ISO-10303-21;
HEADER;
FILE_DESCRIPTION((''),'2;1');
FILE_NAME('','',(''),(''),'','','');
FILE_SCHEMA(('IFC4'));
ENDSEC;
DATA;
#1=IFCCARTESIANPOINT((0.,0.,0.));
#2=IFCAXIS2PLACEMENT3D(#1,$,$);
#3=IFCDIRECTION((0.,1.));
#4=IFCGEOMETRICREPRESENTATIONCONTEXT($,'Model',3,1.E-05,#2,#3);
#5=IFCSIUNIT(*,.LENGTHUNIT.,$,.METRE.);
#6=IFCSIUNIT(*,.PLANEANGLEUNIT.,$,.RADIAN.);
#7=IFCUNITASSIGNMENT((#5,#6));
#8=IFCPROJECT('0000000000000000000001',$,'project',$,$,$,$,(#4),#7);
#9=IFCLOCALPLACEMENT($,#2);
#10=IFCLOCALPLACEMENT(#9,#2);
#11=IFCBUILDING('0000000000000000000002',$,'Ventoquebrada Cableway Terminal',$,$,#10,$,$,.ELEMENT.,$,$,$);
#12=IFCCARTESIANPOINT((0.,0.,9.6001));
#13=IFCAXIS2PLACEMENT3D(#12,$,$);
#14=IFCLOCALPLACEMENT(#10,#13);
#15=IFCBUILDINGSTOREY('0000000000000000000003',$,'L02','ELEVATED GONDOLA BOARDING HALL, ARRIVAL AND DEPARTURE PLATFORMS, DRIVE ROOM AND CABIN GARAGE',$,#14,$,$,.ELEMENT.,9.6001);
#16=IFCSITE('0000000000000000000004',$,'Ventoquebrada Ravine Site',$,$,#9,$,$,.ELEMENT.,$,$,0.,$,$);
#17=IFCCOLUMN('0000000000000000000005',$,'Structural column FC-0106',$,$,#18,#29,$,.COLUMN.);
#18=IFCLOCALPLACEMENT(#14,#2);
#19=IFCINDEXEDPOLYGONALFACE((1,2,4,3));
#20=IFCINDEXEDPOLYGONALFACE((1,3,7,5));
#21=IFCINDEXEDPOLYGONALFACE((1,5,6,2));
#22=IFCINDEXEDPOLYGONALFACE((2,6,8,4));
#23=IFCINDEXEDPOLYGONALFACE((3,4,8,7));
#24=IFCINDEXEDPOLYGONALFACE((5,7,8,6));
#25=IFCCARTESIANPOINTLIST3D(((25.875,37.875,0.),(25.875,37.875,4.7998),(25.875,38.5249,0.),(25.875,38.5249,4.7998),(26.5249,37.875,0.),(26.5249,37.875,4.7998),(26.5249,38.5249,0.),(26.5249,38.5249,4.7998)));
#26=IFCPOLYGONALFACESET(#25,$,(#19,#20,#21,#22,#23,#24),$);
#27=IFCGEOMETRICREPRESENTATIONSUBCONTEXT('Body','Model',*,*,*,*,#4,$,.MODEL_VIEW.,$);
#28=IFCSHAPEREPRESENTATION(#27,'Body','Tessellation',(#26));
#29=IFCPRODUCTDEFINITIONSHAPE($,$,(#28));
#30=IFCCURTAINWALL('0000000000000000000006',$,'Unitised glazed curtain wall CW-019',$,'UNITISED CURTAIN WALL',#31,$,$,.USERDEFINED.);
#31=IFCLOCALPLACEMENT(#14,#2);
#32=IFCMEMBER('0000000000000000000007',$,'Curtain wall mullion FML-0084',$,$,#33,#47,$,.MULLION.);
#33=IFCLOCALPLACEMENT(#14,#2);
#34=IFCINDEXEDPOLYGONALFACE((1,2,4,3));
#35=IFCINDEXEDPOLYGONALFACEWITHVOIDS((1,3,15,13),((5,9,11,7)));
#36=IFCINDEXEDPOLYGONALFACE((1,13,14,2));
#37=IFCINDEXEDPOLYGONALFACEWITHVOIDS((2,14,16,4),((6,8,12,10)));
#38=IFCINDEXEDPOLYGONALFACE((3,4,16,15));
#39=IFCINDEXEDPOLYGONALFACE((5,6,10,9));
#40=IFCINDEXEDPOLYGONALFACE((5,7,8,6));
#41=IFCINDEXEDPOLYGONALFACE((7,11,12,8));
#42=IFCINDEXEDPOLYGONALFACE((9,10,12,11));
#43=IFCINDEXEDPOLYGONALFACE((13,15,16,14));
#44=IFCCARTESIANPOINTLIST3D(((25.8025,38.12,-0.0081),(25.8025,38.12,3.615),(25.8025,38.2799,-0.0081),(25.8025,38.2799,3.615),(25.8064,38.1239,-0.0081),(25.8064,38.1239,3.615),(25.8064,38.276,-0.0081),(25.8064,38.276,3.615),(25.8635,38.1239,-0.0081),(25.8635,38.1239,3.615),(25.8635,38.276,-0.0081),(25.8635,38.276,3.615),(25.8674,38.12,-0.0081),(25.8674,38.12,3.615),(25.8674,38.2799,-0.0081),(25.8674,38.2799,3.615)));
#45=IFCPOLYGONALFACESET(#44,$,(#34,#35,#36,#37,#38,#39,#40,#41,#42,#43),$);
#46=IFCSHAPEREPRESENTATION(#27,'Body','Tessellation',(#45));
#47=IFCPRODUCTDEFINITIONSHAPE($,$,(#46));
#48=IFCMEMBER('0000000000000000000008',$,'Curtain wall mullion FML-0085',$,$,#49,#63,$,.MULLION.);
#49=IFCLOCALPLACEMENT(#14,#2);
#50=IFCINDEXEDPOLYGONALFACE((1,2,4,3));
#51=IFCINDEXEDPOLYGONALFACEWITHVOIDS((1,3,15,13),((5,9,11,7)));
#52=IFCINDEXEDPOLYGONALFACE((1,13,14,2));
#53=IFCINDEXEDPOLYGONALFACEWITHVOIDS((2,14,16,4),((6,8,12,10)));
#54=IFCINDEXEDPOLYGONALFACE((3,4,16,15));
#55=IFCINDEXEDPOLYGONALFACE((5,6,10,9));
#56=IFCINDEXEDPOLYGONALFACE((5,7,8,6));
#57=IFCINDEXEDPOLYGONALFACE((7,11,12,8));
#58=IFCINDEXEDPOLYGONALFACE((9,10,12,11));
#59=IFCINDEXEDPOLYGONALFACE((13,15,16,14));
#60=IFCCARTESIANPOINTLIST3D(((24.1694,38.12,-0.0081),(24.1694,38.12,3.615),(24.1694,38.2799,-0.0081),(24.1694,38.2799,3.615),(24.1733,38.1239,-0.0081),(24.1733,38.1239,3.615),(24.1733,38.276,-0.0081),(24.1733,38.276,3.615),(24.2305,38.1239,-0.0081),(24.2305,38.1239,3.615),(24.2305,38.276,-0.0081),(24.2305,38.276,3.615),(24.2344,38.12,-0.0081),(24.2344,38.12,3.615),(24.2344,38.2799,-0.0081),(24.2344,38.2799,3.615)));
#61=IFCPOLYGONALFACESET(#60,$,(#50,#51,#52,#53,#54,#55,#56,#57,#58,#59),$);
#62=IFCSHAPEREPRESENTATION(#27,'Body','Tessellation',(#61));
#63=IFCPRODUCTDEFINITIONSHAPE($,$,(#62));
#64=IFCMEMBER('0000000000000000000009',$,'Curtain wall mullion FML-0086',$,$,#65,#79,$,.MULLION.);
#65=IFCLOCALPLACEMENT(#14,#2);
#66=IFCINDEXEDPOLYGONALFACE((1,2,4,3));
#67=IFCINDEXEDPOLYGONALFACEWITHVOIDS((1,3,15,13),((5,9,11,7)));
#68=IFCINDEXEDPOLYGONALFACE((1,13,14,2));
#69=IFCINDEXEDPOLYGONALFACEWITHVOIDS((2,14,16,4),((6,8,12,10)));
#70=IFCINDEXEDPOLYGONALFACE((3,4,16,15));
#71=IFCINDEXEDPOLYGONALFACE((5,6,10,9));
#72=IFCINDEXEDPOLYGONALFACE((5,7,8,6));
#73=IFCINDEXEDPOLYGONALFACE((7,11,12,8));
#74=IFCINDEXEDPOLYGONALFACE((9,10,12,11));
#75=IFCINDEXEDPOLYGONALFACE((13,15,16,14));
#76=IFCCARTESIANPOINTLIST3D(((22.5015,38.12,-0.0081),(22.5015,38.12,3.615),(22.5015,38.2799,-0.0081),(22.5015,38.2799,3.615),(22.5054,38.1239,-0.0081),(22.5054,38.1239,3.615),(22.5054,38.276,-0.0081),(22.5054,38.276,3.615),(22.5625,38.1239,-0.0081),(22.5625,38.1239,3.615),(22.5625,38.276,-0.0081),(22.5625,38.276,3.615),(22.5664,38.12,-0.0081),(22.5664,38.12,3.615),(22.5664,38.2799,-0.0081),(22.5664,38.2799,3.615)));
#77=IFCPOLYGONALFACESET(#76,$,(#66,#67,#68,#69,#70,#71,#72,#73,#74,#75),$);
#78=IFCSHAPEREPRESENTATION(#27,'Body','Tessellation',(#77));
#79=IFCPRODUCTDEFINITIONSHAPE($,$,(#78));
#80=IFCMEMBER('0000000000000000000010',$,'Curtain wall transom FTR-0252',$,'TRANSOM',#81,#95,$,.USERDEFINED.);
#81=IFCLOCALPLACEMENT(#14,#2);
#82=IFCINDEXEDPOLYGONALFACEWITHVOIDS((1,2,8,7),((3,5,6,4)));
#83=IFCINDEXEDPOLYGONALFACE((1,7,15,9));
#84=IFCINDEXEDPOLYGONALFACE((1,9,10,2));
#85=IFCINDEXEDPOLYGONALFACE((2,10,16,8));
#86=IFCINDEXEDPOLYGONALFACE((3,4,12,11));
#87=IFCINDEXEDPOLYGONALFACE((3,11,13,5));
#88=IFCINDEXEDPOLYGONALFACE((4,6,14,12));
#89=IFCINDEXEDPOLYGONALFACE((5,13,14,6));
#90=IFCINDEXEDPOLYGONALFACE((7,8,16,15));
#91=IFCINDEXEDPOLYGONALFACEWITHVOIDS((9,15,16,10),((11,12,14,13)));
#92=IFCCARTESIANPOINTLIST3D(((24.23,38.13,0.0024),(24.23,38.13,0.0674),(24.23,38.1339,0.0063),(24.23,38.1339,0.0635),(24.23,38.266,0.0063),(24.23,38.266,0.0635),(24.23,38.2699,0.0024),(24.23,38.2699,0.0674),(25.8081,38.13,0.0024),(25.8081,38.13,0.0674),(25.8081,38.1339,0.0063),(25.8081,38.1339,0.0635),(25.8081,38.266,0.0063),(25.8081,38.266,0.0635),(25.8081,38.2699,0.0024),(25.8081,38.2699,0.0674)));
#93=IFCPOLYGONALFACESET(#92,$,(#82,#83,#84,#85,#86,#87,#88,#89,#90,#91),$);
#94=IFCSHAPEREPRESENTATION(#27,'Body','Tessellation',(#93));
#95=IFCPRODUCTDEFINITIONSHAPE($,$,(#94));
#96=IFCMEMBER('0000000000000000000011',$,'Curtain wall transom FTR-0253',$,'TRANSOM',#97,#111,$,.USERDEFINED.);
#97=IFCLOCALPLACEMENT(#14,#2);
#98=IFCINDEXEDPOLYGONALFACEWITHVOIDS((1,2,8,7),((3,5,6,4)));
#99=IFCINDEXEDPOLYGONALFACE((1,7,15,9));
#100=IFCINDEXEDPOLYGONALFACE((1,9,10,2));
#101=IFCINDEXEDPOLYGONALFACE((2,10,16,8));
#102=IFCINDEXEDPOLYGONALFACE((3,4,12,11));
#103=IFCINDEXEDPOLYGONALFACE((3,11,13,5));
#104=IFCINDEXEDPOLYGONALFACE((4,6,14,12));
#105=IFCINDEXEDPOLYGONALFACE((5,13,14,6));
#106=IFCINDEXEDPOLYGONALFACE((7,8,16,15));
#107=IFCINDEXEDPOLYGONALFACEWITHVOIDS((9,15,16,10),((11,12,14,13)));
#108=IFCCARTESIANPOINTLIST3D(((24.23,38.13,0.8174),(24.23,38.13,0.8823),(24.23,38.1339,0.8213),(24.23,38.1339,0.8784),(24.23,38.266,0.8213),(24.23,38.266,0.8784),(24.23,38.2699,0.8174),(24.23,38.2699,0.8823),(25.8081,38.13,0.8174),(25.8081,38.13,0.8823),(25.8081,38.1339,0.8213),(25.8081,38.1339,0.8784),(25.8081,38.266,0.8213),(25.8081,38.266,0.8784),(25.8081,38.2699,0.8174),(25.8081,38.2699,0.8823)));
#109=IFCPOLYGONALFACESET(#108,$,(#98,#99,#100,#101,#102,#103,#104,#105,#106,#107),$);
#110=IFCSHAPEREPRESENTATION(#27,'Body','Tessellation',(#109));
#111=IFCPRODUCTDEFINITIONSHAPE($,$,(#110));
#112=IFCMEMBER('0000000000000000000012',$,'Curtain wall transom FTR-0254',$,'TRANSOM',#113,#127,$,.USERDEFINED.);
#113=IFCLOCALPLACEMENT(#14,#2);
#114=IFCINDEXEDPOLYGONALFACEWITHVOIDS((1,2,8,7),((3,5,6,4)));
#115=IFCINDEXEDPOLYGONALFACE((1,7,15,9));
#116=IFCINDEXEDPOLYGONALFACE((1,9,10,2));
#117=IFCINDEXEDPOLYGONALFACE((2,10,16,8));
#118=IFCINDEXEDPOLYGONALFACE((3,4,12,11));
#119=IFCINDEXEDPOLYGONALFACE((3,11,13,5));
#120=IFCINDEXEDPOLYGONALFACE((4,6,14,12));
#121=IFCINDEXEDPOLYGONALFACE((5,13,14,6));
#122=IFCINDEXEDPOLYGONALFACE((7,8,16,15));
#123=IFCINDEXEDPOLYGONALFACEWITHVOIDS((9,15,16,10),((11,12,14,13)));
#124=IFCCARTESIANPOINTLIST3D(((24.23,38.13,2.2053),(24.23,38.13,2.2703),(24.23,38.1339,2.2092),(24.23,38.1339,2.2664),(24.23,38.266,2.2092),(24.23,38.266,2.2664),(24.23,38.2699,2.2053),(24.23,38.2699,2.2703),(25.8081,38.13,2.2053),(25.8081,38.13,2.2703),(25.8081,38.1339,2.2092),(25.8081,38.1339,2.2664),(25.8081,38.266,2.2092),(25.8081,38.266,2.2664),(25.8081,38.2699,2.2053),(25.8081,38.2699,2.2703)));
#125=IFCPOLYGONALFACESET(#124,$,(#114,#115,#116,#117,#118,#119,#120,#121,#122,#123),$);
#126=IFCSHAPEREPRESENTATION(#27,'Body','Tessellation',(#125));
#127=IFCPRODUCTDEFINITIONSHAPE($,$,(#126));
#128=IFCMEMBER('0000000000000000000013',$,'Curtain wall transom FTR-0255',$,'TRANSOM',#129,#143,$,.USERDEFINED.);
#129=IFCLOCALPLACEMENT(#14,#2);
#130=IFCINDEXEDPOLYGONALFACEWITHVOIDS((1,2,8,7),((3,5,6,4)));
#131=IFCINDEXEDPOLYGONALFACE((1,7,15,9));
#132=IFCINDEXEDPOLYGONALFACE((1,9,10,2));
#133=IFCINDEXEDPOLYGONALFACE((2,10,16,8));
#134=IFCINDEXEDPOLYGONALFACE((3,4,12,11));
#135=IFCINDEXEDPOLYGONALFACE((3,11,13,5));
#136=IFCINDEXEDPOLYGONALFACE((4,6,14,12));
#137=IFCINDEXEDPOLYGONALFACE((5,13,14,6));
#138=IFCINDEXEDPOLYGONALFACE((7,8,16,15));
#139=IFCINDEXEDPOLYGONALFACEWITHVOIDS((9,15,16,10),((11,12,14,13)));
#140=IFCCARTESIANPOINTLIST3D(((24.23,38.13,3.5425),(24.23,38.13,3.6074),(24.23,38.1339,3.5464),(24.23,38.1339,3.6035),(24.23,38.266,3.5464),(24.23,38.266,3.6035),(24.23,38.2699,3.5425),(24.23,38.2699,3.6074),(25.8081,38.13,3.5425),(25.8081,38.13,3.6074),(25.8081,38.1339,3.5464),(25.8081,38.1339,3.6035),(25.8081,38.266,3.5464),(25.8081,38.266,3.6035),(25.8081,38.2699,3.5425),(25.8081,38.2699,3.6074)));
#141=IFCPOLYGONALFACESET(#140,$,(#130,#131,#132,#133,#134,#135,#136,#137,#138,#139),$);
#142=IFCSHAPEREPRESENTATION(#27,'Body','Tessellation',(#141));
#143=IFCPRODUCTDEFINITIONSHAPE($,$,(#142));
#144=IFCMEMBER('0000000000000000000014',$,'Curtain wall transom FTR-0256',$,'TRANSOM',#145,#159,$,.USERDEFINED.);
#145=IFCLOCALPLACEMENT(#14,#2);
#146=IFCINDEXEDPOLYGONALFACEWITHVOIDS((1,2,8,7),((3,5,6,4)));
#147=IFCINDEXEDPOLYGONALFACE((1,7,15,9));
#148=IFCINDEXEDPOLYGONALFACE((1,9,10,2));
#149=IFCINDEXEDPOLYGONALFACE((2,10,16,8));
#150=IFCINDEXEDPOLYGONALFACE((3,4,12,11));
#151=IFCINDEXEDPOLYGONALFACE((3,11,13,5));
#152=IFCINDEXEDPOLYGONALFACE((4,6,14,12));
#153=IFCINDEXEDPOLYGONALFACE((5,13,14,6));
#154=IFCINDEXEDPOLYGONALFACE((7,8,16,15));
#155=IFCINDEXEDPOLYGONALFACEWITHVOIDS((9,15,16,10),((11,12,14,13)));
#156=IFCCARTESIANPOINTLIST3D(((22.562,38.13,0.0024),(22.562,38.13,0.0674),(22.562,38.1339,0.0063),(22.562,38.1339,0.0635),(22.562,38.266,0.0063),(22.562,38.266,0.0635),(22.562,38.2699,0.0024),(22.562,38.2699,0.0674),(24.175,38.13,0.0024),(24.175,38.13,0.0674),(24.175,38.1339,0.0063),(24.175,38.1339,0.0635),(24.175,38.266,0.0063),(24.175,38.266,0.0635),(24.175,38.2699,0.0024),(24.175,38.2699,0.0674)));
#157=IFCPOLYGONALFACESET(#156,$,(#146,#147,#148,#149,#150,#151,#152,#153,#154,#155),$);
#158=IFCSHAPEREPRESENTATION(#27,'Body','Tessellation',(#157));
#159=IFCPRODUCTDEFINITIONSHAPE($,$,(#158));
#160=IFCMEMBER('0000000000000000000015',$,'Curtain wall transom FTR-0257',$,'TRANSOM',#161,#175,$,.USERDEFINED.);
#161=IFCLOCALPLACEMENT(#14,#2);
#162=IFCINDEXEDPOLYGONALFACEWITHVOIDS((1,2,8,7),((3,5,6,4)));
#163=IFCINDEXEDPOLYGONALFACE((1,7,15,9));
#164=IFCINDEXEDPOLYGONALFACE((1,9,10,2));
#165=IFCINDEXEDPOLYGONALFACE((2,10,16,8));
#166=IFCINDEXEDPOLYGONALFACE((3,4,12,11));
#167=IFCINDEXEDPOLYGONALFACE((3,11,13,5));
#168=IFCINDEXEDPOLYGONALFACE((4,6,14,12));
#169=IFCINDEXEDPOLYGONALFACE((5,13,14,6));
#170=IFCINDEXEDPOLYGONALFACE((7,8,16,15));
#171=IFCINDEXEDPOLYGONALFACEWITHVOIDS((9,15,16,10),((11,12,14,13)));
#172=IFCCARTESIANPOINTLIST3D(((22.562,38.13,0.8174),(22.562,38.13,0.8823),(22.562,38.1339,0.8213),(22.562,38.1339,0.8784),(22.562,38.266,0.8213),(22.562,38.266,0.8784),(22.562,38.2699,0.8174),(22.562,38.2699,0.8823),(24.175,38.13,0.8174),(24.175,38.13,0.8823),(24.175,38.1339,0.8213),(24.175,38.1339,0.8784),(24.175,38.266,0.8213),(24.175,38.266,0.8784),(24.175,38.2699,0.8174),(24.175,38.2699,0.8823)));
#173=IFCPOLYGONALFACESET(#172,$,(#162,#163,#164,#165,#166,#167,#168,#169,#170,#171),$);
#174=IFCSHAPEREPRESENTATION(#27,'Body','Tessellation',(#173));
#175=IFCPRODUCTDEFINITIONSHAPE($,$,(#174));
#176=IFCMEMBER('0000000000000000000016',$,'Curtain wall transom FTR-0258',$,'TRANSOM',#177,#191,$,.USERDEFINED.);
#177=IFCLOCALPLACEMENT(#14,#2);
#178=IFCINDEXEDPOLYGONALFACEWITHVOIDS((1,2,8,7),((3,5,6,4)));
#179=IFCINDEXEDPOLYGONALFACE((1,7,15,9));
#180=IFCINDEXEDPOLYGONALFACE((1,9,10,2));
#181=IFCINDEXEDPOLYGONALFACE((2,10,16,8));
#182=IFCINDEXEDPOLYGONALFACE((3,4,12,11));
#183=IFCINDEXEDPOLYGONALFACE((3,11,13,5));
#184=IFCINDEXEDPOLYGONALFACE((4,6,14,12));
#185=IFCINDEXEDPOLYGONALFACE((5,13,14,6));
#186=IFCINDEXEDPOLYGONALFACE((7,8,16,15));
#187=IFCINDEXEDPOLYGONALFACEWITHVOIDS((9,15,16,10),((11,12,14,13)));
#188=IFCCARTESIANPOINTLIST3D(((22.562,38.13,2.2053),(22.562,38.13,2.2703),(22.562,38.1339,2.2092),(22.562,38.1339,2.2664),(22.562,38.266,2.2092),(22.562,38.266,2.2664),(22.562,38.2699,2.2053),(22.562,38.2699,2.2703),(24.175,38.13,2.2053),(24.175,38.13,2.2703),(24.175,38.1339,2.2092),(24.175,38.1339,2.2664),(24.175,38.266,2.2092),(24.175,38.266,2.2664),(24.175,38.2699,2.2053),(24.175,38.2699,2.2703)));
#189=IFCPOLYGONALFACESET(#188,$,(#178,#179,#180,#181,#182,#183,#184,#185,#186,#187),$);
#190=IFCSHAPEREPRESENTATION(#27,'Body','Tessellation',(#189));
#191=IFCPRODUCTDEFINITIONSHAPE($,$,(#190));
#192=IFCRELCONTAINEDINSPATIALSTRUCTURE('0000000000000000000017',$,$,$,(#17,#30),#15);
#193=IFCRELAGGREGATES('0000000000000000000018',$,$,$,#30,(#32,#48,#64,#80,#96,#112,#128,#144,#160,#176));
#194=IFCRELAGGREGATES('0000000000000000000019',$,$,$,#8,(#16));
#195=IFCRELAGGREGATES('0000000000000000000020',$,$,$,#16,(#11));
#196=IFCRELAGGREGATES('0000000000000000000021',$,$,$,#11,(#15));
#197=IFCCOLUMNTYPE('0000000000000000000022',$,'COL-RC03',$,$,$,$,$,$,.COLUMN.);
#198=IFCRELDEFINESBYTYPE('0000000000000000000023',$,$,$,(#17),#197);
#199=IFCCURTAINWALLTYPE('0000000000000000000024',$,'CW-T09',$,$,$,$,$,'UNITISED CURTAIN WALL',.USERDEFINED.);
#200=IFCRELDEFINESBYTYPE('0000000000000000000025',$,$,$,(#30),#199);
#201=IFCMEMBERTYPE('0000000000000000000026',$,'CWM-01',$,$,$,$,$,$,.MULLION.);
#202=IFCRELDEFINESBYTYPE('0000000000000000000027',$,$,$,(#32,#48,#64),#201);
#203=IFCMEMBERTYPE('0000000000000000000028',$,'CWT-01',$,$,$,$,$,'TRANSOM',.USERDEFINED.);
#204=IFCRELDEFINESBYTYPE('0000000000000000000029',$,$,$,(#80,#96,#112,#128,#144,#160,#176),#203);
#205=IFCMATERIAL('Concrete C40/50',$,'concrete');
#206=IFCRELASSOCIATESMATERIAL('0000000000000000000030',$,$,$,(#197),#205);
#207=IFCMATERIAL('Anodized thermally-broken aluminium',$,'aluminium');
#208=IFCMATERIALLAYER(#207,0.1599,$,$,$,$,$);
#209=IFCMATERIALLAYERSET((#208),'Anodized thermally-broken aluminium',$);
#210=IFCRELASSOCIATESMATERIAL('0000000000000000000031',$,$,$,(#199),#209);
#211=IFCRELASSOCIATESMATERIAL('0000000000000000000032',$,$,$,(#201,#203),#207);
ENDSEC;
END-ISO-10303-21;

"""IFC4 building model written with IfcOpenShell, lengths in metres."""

from ifc_helpers import new_model, si_unit, direction, frame, origin, origin_2d, place, context, subcontext, project, spatial, rectangle, hollow_rectangle, extrude, material, layer, layer_set, material_profile, profile_set, type_object, element, aggregate, save


model = new_model("IFC4")

# Units and contexts
model_context = context("Model", 3, precision=1e-05, world=origin(), true_north=direction((0.0, 1.0)))
body_context = subcontext(model_context, "Body", "Model", "MODEL_VIEW")
ifc_project = project(units=[si_unit("LENGTHUNIT", "METRE"), si_unit("PLANEANGLEUNIT", "RADIAN")], contexts=[model_context])

# Site, building, storey
site_placement = place(None, origin())
site = spatial("IfcSite", under=ifc_project, at=site_placement, Name="Ventoquebrada Ravine Site", CompositionType="ELEMENT", RefElevation=0.0)
building_placement = place(site_placement, origin())
building = spatial("IfcBuilding", under=site, at=building_placement, Name="Ventoquebrada Cableway Terminal", CompositionType="ELEMENT")
storey_placement = place(building_placement, frame((0.0, 0.0, 9.6001)))
storey = spatial("IfcBuildingStorey", under=building, at=storey_placement, Name="L02", Description="ELEVATED GONDOLA BOARDING HALL, ARRIVAL AND DEPARTURE PLATFORMS, DRIVE ROOM AND CABIN GARAGE", CompositionType="ELEMENT", Elevation=9.6001)

# Column
ifc_material_1 = material(Name="Concrete C40/50", Category="concrete")
ifc_material_profile_1 = material_profile(ifc_material_1, rectangle(XDim=0.6499, YDim=0.6499, at=origin_2d()), Name="RC-COL-650X650")
ifc_profile_set_1 = profile_set([ifc_material_profile_1], Name="Concrete C40/50")
column_type = type_object("IfcColumnType", Name="COL-RC03", PredefinedType="COLUMN", material=ifc_profile_set_1)
column_placement = place(storey_placement, frame((26.2, 38.2, 0.0), z_axis=(0.0, 0.0, 1.0), x_axis=(1.0, 0.0, 0.0)))
element("IfcColumn", 1, at=column_placement, inside=storey, type_object=column_type, Name="Structural column FC-0106", PredefinedType="COLUMN", context=body_context, shape_type="SweptSolid", body=[
    extrude(rectangle(XDim=0.6499, YDim=0.6499, at=origin_2d()), origin(), (0.0, 0.0, 1.0), 4.7998),
])

# Curtain wall, members
ifc_material_2 = material(Name="Anodized thermally-broken aluminium", Category="aluminium")
ifc_layer_1 = layer(ifc_material_2, 0.1599)
ifc_layer_set_1 = layer_set([ifc_layer_1], Name="Anodized thermally-broken aluminium")
curtain_wall_type_1 = type_object("IfcCurtainWallType", Name="CW-T09", ElementType="UNITISED CURTAIN WALL", PredefinedType="USERDEFINED", material=ifc_layer_set_1)
curtain_wall_1_placement = place(storey_placement, origin())
curtain_wall_1 = element("IfcCurtainWall", 2, at=curtain_wall_1_placement, inside=storey, type_object=curtain_wall_type_1, Name="Unitised glazed curtain wall CW-019", ObjectType="UNITISED CURTAIN WALL", PredefinedType="USERDEFINED")
ifc_material_profile_2 = material_profile(ifc_material_2, hollow_rectangle(XDim=0.0649, YDim=0.1599, WallThickness=0.0039, at=origin_2d()), Name="CW-MUL-65X160")
ifc_profile_set_2 = profile_set([ifc_material_profile_2], Name="Anodized thermally-broken aluminium")
member_type_1 = type_object("IfcMemberType", Name="CWM-01", PredefinedType="MULLION", material=ifc_profile_set_2)
member_1_placement = place(storey_placement, frame((25.835, 38.2, -0.0081), z_axis=(0.0, 0.0, 1.0), x_axis=(-1.0, 0.0, 0.0)))
member_1 = element("IfcMember", 3, at=member_1_placement, type_object=member_type_1, Name="Curtain wall mullion FML-0084", PredefinedType="MULLION", context=body_context, shape_type="SweptSolid", body=[
    extrude(hollow_rectangle(XDim=0.0649, YDim=0.1599, WallThickness=0.0039, at=origin_2d()), origin(), (0.0, 0.0, 1.0), 3.623),
])
member_2_placement = place(storey_placement, frame((24.2019, 38.2, -0.0081), z_axis=(0.0, 0.0, 1.0), x_axis=(-1.0, 0.0, 0.0)))
member_2 = element("IfcMember", 4, at=member_2_placement, type_object=member_type_1, Name="Curtain wall mullion FML-0085", PredefinedType="MULLION", context=body_context, shape_type="SweptSolid", body=[
    extrude(hollow_rectangle(XDim=0.0649, YDim=0.1599, WallThickness=0.0039, at=origin_2d()), origin(), (0.0, 0.0, 1.0), 3.623),
])
member_3_placement = place(storey_placement, frame((22.5339, 38.2, -0.0081), z_axis=(0.0, 0.0, 1.0), x_axis=(-1.0, 0.0, 0.0)))
member_3 = element("IfcMember", 5, at=member_3_placement, type_object=member_type_1, Name="Curtain wall mullion FML-0086", PredefinedType="MULLION", context=body_context, shape_type="SweptSolid", body=[
    extrude(hollow_rectangle(XDim=0.0649, YDim=0.1599, WallThickness=0.0039, at=origin_2d()), origin(), (0.0, 0.0, 1.0), 3.623),
])
ifc_material_profile_3 = material_profile(ifc_material_2, hollow_rectangle(XDim=0.0649, YDim=0.1399, WallThickness=0.0039, at=origin_2d()), Name="CW-TRN-65X140")
ifc_profile_set_3 = profile_set([ifc_material_profile_3], Name="Anodized thermally-broken aluminium")
member_type_2 = type_object("IfcMemberType", Name="CWT-01", ElementType="TRANSOM", PredefinedType="USERDEFINED", material=ifc_profile_set_3)
member_4_placement = place(storey_placement, frame((25.8081, 38.2, 0.0349), z_axis=(-1.0, 0.0, 0.0), x_axis=(0.0, 0.0, 1.0)))
member_4 = element("IfcMember", 6, at=member_4_placement, type_object=member_type_2, Name="Curtain wall transom FTR-0252", ObjectType="TRANSOM", PredefinedType="USERDEFINED", context=body_context, shape_type="SweptSolid", body=[
    extrude(hollow_rectangle(XDim=0.0649, YDim=0.1399, WallThickness=0.0039, at=origin_2d()), origin(), (0.0, 0.0, 1.0), 1.5781),
])
member_5_placement = place(storey_placement, frame((25.8081, 38.2, 0.8499), z_axis=(-1.0, 0.0, 0.0), x_axis=(0.0, 0.0, 1.0)))
member_5 = element("IfcMember", 7, at=member_5_placement, type_object=member_type_2, Name="Curtain wall transom FTR-0253", ObjectType="TRANSOM", PredefinedType="USERDEFINED", context=body_context, shape_type="SweptSolid", body=[
    extrude(hollow_rectangle(XDim=0.0649, YDim=0.1399, WallThickness=0.0039, at=origin_2d()), origin(), (0.0, 0.0, 1.0), 1.5781),
])
member_6_placement = place(storey_placement, frame((25.8081, 38.2, 2.2378), z_axis=(-1.0, 0.0, 0.0), x_axis=(0.0, 0.0, 1.0)))
member_6 = element("IfcMember", 8, at=member_6_placement, type_object=member_type_2, Name="Curtain wall transom FTR-0254", ObjectType="TRANSOM", PredefinedType="USERDEFINED", context=body_context, shape_type="SweptSolid", body=[
    extrude(hollow_rectangle(XDim=0.0649, YDim=0.1399, WallThickness=0.0039, at=origin_2d()), origin(), (0.0, 0.0, 1.0), 1.5781),
])
member_7_placement = place(storey_placement, frame((25.8081, 38.2, 3.575), z_axis=(-1.0, 0.0, 0.0), x_axis=(0.0, 0.0, 1.0)))
member_7 = element("IfcMember", 9, at=member_7_placement, type_object=member_type_2, Name="Curtain wall transom FTR-0255", ObjectType="TRANSOM", PredefinedType="USERDEFINED", context=body_context, shape_type="SweptSolid", body=[
    extrude(hollow_rectangle(XDim=0.0649, YDim=0.1399, WallThickness=0.0039, at=origin_2d()), origin(), (0.0, 0.0, 1.0), 1.5781),
])
member_8_placement = place(storey_placement, frame((24.175, 38.2, 0.0349), z_axis=(-1.0, 0.0, 0.0), x_axis=(0.0, 0.0, 1.0)))
member_8 = element("IfcMember", 10, at=member_8_placement, type_object=member_type_2, Name="Curtain wall transom FTR-0256", ObjectType="TRANSOM", PredefinedType="USERDEFINED", context=body_context, shape_type="SweptSolid", body=[
    extrude(hollow_rectangle(XDim=0.0649, YDim=0.1399, WallThickness=0.0039, at=origin_2d()), origin(), (0.0, 0.0, 1.0), 1.613),
])
member_9_placement = place(storey_placement, frame((24.175, 38.2, 0.8499), z_axis=(-1.0, 0.0, 0.0), x_axis=(0.0, 0.0, 1.0)))
member_9 = element("IfcMember", 11, at=member_9_placement, type_object=member_type_2, Name="Curtain wall transom FTR-0257", ObjectType="TRANSOM", PredefinedType="USERDEFINED", context=body_context, shape_type="SweptSolid", body=[
    extrude(hollow_rectangle(XDim=0.0649, YDim=0.1399, WallThickness=0.0039, at=origin_2d()), origin(), (0.0, 0.0, 1.0), 1.613),
])
member_10_placement = place(storey_placement, frame((24.175, 38.2, 2.2378), z_axis=(-1.0, 0.0, 0.0), x_axis=(0.0, 0.0, 1.0)))
member_10 = element("IfcMember", 12, at=member_10_placement, type_object=member_type_2, Name="Curtain wall transom FTR-0258", ObjectType="TRANSOM", PredefinedType="USERDEFINED", context=body_context, shape_type="SweptSolid", body=[
    extrude(hollow_rectangle(XDim=0.0649, YDim=0.1399, WallThickness=0.0039, at=origin_2d()), origin(), (0.0, 0.0, 1.0), 1.613),
])

aggregate(curtain_wall_1, [member_1, member_2, member_3, member_4, member_5, member_6, member_7, member_8, member_9, member_10])

save(model, "model.ifc")
